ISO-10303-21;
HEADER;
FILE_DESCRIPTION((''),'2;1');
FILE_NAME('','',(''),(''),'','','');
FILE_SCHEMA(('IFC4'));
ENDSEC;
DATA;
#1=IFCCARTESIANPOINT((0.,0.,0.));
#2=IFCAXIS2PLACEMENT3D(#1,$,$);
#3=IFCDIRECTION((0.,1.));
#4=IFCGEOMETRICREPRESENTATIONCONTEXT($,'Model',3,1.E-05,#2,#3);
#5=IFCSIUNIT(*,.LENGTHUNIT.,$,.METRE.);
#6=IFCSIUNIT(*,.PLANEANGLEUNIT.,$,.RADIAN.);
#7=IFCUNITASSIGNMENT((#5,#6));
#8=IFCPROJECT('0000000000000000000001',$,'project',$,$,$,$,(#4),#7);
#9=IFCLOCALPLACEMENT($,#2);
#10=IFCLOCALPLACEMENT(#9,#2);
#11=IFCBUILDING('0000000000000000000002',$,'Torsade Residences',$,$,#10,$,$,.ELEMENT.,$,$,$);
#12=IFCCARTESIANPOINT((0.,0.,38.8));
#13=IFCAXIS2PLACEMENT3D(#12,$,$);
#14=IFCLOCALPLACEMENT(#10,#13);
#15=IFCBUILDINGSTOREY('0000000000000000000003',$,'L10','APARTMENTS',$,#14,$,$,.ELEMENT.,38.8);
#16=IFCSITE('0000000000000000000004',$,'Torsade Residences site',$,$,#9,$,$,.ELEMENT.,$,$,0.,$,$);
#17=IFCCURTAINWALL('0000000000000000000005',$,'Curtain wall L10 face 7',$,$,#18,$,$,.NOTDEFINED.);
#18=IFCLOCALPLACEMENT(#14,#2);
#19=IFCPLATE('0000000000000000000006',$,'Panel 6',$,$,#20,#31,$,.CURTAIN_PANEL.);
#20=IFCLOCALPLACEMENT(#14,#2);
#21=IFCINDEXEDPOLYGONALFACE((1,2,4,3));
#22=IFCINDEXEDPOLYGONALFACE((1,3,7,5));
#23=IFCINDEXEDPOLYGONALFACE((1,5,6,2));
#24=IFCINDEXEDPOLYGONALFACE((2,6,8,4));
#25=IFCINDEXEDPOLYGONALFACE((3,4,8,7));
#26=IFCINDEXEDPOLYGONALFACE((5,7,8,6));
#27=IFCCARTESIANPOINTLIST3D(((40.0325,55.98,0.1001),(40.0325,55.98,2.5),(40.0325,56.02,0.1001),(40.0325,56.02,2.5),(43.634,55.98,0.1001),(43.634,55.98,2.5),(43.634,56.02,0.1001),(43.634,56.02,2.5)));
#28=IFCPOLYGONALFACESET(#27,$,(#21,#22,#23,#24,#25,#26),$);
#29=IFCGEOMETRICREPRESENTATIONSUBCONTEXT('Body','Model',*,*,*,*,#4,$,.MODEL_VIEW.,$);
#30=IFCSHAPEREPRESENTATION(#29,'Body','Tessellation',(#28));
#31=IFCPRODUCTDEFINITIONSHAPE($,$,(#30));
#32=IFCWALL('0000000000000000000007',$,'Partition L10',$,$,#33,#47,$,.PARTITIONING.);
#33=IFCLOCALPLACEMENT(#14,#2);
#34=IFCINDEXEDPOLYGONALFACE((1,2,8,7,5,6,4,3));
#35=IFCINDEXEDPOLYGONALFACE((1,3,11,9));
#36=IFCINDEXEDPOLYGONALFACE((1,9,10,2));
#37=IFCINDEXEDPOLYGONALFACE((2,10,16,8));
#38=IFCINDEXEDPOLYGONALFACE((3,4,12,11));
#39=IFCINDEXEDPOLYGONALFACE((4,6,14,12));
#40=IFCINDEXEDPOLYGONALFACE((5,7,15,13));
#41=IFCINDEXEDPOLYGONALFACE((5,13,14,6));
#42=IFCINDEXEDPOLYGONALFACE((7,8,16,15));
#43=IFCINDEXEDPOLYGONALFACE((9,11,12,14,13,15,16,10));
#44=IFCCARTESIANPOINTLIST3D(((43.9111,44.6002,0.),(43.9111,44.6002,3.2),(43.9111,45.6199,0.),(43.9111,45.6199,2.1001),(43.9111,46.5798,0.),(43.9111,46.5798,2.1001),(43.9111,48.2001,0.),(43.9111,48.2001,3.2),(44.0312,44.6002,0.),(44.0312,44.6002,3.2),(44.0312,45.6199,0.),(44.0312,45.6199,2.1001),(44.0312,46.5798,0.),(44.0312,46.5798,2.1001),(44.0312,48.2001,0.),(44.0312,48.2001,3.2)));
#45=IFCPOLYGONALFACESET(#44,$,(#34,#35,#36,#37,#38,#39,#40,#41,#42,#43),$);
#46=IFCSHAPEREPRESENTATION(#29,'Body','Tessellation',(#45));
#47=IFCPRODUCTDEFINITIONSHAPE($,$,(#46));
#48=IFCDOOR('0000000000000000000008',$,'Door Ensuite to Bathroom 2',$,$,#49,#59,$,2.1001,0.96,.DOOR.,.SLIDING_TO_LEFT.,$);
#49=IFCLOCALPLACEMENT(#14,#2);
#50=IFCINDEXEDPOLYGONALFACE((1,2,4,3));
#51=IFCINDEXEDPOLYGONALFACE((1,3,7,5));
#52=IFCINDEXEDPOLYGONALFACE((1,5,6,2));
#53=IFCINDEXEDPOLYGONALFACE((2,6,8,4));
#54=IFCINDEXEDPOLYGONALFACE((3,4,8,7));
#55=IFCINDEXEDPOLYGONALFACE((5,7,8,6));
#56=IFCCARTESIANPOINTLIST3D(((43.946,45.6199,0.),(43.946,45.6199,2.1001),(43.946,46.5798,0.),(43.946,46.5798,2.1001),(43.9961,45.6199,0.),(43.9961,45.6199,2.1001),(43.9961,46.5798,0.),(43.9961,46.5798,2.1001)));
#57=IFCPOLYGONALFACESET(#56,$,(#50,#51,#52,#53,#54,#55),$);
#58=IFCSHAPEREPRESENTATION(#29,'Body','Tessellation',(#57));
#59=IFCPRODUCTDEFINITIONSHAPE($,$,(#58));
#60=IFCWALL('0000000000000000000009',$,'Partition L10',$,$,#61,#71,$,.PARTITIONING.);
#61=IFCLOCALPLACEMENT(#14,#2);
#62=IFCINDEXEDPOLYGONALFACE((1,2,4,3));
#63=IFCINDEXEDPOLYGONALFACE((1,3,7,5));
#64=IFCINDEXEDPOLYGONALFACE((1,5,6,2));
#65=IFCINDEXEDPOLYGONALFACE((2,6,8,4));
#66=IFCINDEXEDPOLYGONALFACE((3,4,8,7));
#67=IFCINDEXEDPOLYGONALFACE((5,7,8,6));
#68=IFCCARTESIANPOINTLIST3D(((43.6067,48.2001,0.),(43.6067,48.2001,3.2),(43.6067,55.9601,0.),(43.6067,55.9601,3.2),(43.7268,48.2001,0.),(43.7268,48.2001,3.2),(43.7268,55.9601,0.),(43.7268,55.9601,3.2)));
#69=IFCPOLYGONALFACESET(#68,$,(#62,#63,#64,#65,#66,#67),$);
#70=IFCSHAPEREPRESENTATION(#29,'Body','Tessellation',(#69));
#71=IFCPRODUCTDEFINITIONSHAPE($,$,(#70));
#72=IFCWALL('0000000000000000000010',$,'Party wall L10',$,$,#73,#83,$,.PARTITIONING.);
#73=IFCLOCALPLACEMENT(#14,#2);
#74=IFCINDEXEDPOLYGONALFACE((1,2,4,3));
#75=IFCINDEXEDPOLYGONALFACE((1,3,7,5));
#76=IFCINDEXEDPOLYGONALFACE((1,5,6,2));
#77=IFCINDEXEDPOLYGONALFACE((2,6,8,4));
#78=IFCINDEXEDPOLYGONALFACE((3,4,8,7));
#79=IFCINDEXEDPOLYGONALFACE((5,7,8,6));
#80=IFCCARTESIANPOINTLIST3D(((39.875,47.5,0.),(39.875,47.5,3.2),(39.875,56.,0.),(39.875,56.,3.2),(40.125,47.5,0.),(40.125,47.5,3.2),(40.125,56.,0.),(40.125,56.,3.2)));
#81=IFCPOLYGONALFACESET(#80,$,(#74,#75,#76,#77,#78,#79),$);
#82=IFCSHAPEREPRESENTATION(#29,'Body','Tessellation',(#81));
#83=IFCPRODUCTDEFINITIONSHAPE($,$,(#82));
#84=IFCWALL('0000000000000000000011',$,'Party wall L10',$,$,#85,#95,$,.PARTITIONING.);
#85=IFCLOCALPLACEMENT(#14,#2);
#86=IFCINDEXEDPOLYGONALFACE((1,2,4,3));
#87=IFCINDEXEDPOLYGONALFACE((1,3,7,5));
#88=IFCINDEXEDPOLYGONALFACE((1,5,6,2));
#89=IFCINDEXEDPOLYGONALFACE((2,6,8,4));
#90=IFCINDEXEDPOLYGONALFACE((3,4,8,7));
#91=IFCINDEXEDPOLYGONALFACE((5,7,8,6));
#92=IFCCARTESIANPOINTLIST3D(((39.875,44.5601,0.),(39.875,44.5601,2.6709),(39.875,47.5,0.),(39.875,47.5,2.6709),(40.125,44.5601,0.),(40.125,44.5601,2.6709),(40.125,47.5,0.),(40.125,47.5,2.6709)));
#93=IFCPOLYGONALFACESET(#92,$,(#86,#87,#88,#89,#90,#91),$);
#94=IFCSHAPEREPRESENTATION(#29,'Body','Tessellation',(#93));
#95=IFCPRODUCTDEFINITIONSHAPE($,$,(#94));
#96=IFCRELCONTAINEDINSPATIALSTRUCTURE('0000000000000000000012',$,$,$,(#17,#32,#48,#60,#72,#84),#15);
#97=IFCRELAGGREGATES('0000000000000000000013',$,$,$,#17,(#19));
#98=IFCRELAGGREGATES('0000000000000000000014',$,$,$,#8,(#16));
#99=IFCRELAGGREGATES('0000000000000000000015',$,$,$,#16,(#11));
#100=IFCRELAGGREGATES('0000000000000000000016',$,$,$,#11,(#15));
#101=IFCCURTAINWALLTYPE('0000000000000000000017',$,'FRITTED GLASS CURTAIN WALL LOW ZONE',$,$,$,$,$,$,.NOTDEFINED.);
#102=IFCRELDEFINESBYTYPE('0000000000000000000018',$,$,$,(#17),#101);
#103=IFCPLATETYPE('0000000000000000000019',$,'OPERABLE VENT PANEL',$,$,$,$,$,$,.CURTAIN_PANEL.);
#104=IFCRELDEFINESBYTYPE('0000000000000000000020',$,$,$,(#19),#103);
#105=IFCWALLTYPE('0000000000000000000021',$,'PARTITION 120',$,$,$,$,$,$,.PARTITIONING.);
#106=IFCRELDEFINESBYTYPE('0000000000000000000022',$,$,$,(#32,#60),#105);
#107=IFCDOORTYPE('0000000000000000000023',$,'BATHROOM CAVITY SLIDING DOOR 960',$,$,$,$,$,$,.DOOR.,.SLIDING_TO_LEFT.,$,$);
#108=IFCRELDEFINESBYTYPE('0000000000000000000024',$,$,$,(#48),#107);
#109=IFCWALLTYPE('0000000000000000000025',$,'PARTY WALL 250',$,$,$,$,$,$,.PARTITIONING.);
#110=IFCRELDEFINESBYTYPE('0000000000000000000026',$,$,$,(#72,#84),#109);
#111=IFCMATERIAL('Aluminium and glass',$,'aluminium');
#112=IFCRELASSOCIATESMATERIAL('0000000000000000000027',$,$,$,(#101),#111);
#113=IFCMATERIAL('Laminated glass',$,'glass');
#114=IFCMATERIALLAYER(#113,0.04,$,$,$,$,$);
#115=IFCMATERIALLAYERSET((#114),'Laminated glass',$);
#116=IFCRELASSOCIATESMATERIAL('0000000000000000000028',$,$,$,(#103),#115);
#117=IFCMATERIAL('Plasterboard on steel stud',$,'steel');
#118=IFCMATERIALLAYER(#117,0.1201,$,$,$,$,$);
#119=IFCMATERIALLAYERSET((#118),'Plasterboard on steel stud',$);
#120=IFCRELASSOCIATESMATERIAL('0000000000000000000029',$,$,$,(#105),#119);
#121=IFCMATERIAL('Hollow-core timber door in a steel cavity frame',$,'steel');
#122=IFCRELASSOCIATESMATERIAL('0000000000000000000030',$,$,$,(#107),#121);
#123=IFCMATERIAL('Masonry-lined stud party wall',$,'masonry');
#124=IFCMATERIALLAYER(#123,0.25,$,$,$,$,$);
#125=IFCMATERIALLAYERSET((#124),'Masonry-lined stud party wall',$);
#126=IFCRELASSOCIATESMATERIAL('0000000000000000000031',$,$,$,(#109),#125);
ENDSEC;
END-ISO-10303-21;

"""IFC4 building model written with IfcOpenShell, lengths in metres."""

from ifc_helpers import new_model, si_unit, direction, frame, frame_2d, origin, origin_2d, place, context, subcontext, project, spatial, rectangle, extrude, material, layer, layer_set, type_object, element, fill, aggregate, save


model = new_model("IFC4")

# Units and contexts
model_context = context("Model", 3, precision=1e-05, world=origin(), true_north=direction((0.0, 1.0)))
body_context = subcontext(model_context, "Body", "Model", "MODEL_VIEW")
ifc_project = project(units=[si_unit("LENGTHUNIT", "METRE"), si_unit("PLANEANGLEUNIT", "RADIAN")], contexts=[model_context])

# Site, building, storey
site_placement = place(None, origin())
site = spatial("IfcSite", under=ifc_project, at=site_placement, Name="Torsade Residences site", CompositionType="ELEMENT", RefElevation=0.0)
building_placement = place(site_placement, origin())
building = spatial("IfcBuilding", under=site, at=building_placement, Name="Torsade Residences", CompositionType="ELEMENT")
storey_placement = place(building_placement, frame((0.0, 0.0, 38.8)))
storey = spatial("IfcBuildingStorey", under=building, at=storey_placement, Name="L10", Description="APARTMENTS", CompositionType="ELEMENT", Elevation=38.8)

# Curtain wall
ifc_material_1 = material(Name="Aluminium and glass", Category="aluminium")
curtain_wall_type = type_object("IfcCurtainWallType", Name="FRITTED GLASS CURTAIN WALL LOW ZONE", PredefinedType="NOTDEFINED", material=ifc_material_1)
curtain_wall_placement = place(storey_placement, origin())
curtain_wall = element("IfcCurtainWall", 1, at=curtain_wall_placement, inside=storey, type_object=curtain_wall_type, Name="Curtain wall L10 face 7", PredefinedType="NOTDEFINED")

# Plate
ifc_material_2 = material(Name="Laminated glass", Category="glass")
ifc_layer_1 = layer(ifc_material_2, 0.04)
ifc_layer_set_1 = layer_set([ifc_layer_1], Name="Laminated glass")
plate_type_1 = type_object("IfcPlateType", Name="OPERABLE VENT PANEL", PredefinedType="CURTAIN_PANEL", material=ifc_layer_set_1)
plate_1_placement = place(storey_placement, frame((41.8333, 56.0, 0.1001), z_axis=(0.0, 0.0, 1.0), x_axis=(-1.0, 0.0, 0.0)))
plate_1 = element("IfcPlate", 2, at=plate_1_placement, type_object=plate_type_1, Name="Panel 6", PredefinedType="CURTAIN_PANEL", context=body_context, shape_type="SweptSolid", body=[
    extrude(rectangle(XDim=3.6016, YDim=0.04, at=origin_2d()), origin(), (0.0, 0.0, 1.0), 2.3999),
])
aggregate(curtain_wall, [plate_1])

# Wall, opening, door
ifc_material_3 = material(Name="Plasterboard on steel stud", Category="steel")
ifc_layer_2 = layer(ifc_material_3, 0.1201)
ifc_layer_set_2 = layer_set([ifc_layer_2], Name="Plasterboard on steel stud")
wall_type_1 = type_object("IfcWallType", Name="PARTITION 120", PredefinedType="PARTITIONING", material=ifc_layer_set_2)
wall_1_placement = place(storey_placement, frame((43.9712, 48.2, 0.0), z_axis=(0.0, 0.0, 1.0), x_axis=(0.0, -1.0, 0.0)))
wall_1 = element("IfcWall", 3, at=wall_1_placement, inside=storey, type_object=wall_type_1, Name="Partition L10", PredefinedType="PARTITIONING", context=body_context, shape_type="SweptSolid", body=[
    extrude(rectangle(XDim=3.5999, YDim=0.1201, at=frame_2d((1.7998, 0.0))), origin(), (0.0, 0.0, 1.0), 3.2),
])
opening_placement = place(wall_1_placement, frame((1.6201, 0.0, 0.0)))
opening = element("IfcOpeningElement", 4, at=opening_placement, cuts=wall_1, PredefinedType="OPENING", context=body_context, shape_type="SweptSolid", body=[
    extrude(rectangle(XDim=0.96, YDim=2.1001, at=frame_2d((0.48, 1.05))), frame((0.0, 0.0701, 0.0), z_axis=(0.0, -1.0, 0.0), x_axis=(1.0, 0.0, 0.0)), (0.0, 0.0, 1.0), 0.1401),
])
ifc_material_4 = material(Name="Hollow-core timber door in a steel cavity frame", Category="steel")
door_type = type_object("IfcDoorType", Name="BATHROOM CAVITY SLIDING DOOR 960", OperationType="SLIDING_TO_LEFT", PredefinedType="DOOR", material=ifc_material_4)
door_placement = place(opening_placement, origin())
door = element("IfcDoor", 5, at=door_placement, inside=storey, type_object=door_type, Name="Door Ensuite to Bathroom 2", OperationType="SLIDING_TO_LEFT", OverallHeight=2.1001, OverallWidth=0.96, PredefinedType="DOOR", context=body_context, shape_type="SweptSolid", body=[
    extrude(rectangle(XDim=0.96, YDim=2.1001, at=frame_2d((0.48, 1.05))), frame((0.0, 0.0249, 0.0), z_axis=(0.0, -1.0, 0.0), x_axis=(1.0, 0.0, 0.0)), (0.0, 0.0, 1.0), 0.05),
])
fill(opening, door)

# Walls
wall_2_placement = place(storey_placement, frame((43.6667, 55.96, 0.0), z_axis=(0.0, 0.0, 1.0), x_axis=(0.0, -1.0, 0.0)))
element("IfcWall", 6, at=wall_2_placement, inside=storey, type_object=wall_type_1, Name="Partition L10", PredefinedType="PARTITIONING", context=body_context, shape_type="SweptSolid", body=[
    extrude(rectangle(XDim=7.76, YDim=0.1201, at=frame_2d((3.8799, 0.0))), origin(), (0.0, 0.0, 1.0), 3.2),
])
ifc_material_5 = material(Name="Masonry-lined stud party wall", Category="masonry")
ifc_layer_3 = layer(ifc_material_5, 0.25)
ifc_layer_set_3 = layer_set([ifc_layer_3], Name="Masonry-lined stud party wall")
wall_type_2 = type_object("IfcWallType", Name="PARTY WALL 250", PredefinedType="PARTITIONING", material=ifc_layer_set_3)
wall_3_placement = place(storey_placement, frame((40.0, 56.0, 0.0), z_axis=(0.0, 0.0, 1.0), x_axis=(0.0, -1.0, 0.0)))
element("IfcWall", 7, at=wall_3_placement, inside=storey, type_object=wall_type_2, Name="Party wall L10", PredefinedType="PARTITIONING", context=body_context, shape_type="SweptSolid", body=[
    extrude(rectangle(XDim=8.5, YDim=0.25, at=frame_2d((4.25, 0.0))), origin(), (0.0, 0.0, 1.0), 3.2),
])
wall_4_placement = place(storey_placement, frame((40.0, 47.5, 0.0), z_axis=(0.0, 0.0, 1.0), x_axis=(0.0, -1.0, 0.0)))
element("IfcWall", 8, at=wall_4_placement, inside=storey, type_object=wall_type_2, Name="Party wall L10", PredefinedType="PARTITIONING", context=body_context, shape_type="SweptSolid", body=[
    extrude(rectangle(XDim=2.9399, YDim=0.25, at=frame_2d((1.47, 0.0))), origin(), (0.0, 0.0, 1.0), 2.6709),
])

save(model, "model.ifc")
